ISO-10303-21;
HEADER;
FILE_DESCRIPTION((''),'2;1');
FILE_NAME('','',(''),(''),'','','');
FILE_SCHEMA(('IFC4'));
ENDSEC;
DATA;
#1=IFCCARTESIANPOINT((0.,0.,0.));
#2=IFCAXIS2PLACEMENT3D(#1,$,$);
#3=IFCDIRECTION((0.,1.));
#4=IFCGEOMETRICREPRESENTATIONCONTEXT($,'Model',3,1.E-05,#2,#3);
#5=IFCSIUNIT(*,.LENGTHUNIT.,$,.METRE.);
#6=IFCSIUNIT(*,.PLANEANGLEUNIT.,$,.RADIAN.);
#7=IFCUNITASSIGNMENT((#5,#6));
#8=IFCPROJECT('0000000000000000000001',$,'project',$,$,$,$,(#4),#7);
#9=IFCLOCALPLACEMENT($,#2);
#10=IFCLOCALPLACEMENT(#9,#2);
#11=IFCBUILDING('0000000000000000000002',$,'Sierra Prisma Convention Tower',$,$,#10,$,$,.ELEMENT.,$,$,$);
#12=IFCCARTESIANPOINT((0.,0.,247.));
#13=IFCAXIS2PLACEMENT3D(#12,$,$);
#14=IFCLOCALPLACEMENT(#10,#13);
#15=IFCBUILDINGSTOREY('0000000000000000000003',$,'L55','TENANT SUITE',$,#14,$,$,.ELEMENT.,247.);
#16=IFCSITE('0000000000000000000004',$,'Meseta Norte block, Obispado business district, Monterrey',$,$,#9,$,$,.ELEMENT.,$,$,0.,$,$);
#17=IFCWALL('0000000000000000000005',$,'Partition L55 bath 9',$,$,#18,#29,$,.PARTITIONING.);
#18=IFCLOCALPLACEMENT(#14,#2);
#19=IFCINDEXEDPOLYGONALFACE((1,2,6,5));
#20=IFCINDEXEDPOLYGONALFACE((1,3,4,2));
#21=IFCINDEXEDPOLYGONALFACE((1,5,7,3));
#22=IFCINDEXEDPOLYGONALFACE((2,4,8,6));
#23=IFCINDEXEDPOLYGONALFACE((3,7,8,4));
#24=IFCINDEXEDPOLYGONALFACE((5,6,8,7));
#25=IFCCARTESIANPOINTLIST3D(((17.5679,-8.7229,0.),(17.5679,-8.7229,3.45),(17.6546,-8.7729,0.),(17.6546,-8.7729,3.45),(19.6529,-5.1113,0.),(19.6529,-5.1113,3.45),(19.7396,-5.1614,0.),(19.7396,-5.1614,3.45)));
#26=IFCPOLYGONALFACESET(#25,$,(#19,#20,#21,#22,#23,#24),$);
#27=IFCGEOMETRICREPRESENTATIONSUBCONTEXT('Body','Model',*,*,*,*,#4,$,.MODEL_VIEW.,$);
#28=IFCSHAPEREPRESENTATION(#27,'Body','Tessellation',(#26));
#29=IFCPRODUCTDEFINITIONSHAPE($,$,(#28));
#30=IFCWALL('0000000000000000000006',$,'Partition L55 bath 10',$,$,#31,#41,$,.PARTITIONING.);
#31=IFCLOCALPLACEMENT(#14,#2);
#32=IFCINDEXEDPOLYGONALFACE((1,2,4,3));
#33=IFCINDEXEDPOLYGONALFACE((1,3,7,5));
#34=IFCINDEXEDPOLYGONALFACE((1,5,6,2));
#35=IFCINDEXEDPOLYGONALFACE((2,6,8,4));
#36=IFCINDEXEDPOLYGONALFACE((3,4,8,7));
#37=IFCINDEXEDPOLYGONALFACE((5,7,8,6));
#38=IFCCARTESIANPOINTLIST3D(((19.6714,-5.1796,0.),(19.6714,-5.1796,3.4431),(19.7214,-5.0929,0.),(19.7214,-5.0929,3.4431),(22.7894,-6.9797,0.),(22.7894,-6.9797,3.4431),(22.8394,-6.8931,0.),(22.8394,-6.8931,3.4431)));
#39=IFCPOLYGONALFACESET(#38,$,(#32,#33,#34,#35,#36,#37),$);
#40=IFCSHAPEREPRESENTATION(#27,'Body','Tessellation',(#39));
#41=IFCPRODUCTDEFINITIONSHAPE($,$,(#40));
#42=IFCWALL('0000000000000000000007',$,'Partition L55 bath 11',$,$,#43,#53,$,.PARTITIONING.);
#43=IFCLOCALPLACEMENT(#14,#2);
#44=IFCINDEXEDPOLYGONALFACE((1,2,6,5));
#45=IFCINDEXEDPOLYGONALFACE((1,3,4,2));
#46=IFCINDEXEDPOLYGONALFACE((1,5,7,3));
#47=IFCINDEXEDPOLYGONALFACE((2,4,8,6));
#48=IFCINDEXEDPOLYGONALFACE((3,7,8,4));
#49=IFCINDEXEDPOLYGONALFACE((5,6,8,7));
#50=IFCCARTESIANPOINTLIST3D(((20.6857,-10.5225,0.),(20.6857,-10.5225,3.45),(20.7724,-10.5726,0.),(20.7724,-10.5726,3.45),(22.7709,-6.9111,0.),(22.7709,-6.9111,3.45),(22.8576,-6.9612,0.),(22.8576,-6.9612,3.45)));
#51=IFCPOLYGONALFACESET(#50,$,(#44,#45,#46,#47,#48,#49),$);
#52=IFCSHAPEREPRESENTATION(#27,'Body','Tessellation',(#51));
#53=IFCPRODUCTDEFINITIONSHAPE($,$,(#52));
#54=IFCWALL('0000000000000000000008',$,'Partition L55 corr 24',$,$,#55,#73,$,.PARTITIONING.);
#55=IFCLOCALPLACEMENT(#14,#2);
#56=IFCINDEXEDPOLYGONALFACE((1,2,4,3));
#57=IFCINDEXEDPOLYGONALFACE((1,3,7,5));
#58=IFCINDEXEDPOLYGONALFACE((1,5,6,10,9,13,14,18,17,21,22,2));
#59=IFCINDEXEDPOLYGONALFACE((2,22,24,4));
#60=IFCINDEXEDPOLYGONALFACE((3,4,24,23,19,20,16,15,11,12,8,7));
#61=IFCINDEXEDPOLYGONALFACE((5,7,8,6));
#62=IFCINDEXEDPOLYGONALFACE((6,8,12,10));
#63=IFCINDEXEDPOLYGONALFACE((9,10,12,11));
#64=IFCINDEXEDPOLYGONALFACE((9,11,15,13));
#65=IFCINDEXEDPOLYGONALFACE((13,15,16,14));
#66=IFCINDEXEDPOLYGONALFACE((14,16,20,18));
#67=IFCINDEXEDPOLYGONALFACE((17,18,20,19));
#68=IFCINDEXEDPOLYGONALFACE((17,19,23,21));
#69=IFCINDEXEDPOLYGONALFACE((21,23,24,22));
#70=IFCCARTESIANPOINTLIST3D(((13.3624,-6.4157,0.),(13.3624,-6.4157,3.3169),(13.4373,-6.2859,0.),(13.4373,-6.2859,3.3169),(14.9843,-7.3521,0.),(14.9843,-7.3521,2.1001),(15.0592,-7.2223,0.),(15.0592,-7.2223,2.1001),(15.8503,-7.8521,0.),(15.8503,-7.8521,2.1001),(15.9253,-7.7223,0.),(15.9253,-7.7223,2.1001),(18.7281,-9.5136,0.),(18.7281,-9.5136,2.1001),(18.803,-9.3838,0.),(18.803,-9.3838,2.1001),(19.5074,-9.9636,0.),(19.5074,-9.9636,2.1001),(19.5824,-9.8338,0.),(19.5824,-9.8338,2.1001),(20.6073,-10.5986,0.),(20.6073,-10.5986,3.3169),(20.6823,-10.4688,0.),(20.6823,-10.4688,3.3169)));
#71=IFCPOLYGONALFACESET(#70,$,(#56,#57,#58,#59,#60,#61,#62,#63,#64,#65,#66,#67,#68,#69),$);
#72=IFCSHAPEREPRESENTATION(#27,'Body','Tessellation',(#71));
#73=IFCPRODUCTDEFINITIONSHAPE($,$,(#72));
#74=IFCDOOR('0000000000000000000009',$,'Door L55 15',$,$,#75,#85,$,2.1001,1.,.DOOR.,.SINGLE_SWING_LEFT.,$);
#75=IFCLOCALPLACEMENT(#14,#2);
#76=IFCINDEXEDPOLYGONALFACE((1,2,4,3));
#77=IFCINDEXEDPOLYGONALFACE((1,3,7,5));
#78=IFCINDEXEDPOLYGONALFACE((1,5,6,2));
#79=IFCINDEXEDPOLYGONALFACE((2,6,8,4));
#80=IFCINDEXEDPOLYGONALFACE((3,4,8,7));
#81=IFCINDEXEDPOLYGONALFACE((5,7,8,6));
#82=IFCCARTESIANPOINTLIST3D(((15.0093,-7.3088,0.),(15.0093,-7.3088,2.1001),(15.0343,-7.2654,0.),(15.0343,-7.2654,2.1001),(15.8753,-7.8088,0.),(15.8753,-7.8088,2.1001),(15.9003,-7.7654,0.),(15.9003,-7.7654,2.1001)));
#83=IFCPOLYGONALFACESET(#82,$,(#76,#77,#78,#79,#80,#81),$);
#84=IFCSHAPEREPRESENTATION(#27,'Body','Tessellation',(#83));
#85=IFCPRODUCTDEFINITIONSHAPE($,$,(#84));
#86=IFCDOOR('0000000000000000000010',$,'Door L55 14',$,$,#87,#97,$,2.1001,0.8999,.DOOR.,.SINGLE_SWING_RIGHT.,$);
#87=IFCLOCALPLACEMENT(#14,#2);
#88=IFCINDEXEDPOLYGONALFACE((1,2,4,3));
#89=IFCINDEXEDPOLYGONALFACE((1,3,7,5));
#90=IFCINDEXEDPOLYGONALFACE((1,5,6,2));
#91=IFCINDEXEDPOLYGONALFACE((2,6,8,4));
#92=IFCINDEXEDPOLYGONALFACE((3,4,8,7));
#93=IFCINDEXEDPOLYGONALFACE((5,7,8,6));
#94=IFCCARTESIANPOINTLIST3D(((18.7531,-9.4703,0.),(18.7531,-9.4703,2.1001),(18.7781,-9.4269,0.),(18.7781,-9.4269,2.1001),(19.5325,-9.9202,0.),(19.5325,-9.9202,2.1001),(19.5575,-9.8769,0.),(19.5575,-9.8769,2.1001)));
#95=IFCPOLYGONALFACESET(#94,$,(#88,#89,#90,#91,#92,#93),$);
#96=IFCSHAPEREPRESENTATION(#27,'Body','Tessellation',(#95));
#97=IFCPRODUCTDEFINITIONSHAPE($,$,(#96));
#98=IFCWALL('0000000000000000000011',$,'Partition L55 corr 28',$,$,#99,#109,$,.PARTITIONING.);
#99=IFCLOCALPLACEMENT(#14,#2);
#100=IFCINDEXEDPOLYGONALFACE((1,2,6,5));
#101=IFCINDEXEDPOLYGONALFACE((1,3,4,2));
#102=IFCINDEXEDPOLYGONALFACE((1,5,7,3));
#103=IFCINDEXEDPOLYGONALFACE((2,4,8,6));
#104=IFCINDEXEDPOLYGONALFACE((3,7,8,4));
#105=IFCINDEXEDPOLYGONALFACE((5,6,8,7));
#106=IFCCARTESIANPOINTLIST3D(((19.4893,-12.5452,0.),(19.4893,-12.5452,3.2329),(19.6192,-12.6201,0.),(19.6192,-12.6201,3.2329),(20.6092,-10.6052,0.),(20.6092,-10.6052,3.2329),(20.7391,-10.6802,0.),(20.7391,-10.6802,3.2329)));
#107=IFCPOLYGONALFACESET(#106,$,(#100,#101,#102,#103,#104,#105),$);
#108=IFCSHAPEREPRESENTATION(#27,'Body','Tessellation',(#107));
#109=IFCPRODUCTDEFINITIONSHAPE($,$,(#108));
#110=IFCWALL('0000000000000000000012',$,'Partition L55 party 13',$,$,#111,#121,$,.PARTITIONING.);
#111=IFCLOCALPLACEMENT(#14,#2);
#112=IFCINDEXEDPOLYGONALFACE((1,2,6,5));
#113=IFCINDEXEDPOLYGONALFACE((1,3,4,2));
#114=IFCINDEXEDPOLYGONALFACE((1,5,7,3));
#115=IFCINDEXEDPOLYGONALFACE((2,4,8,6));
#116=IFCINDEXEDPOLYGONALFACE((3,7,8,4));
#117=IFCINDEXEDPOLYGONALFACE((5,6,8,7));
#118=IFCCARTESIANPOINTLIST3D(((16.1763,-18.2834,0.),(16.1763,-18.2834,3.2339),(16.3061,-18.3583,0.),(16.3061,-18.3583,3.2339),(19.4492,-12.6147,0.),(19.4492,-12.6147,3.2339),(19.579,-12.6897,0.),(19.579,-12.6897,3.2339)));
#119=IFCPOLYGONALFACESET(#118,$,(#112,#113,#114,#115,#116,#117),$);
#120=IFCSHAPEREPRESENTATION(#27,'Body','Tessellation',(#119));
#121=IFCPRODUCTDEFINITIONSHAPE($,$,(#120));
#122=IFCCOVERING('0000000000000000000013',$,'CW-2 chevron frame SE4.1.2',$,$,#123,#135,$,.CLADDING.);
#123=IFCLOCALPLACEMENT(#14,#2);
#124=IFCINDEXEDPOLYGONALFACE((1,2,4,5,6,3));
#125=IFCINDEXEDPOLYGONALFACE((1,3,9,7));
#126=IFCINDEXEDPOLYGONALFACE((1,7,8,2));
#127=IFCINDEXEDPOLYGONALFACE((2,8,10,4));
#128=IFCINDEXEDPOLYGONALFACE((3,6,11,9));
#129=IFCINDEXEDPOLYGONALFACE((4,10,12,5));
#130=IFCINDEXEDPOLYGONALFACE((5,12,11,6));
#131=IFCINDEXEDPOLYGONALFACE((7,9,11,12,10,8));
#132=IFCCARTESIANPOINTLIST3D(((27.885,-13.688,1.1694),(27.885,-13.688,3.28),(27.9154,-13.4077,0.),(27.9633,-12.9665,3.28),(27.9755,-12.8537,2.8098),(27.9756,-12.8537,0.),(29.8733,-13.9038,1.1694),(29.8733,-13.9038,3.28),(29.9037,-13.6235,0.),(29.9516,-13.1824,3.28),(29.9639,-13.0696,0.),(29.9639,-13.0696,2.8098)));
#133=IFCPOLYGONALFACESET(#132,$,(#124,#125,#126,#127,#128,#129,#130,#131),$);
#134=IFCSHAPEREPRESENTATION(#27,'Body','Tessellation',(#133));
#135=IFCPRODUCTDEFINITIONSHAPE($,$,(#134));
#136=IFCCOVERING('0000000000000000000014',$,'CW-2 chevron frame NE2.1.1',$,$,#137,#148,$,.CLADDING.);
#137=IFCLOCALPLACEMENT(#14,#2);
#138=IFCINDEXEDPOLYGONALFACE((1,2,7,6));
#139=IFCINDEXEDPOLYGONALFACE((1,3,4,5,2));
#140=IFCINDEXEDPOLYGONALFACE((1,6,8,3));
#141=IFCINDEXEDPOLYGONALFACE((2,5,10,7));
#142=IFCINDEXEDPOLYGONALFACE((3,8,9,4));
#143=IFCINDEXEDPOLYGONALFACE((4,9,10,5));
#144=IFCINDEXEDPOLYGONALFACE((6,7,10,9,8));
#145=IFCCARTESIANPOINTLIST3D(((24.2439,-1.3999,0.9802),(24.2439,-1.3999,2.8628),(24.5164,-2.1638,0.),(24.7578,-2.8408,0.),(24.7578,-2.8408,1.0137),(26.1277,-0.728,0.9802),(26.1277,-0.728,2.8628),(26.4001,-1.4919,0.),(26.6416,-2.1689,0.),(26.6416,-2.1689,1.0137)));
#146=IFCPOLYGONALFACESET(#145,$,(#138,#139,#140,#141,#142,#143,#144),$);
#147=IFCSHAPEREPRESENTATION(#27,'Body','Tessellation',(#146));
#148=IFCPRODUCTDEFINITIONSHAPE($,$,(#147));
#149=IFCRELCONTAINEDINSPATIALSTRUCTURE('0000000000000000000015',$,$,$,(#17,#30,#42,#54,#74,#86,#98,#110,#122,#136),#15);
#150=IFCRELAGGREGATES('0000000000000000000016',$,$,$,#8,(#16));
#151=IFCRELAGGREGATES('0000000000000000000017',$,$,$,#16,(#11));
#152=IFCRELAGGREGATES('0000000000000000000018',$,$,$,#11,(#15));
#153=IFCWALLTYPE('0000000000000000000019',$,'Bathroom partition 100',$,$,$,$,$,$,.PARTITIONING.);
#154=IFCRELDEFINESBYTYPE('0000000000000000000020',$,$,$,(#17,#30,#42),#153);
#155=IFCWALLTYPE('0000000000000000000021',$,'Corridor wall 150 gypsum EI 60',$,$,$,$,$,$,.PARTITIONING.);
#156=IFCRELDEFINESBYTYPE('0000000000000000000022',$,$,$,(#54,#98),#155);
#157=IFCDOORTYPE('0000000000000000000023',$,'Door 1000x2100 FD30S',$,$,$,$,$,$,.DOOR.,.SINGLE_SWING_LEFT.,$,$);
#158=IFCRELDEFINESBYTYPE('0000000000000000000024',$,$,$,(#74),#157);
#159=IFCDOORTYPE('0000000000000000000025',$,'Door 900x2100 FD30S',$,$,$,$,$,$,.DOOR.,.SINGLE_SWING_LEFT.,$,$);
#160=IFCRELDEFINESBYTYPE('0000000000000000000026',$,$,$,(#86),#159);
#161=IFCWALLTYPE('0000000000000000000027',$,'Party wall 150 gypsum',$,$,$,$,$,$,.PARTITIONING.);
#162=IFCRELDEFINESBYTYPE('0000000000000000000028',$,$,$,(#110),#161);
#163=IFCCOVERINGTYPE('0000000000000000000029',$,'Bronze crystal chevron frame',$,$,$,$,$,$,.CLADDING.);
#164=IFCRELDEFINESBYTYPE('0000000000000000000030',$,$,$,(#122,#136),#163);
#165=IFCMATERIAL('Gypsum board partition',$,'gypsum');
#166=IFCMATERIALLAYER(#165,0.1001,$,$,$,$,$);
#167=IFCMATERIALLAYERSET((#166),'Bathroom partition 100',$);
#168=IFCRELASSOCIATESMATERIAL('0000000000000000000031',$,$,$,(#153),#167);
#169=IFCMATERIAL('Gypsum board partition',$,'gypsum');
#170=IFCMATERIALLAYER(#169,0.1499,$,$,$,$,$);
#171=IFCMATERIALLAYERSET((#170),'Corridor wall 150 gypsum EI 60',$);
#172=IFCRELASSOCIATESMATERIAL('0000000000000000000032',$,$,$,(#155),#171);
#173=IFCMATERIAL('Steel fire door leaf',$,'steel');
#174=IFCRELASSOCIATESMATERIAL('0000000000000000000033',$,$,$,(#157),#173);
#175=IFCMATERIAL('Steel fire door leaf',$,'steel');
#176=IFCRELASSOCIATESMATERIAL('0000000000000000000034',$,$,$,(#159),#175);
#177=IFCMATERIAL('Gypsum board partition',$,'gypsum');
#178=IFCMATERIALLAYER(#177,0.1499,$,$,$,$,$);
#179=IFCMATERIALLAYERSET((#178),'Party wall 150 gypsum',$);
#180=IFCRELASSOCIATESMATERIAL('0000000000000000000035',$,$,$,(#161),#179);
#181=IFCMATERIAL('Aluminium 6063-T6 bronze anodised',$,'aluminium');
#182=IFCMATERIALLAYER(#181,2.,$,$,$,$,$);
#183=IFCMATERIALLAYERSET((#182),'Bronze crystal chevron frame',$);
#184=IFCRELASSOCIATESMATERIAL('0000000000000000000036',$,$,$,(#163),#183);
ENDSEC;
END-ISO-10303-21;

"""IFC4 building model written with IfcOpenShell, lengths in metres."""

from ifc_helpers import new_model, si_unit, direction, frame, frame_2d, origin, place, context, subcontext, project, spatial, polyline, rectangle, outline, extrude, material, layer, layer_set, type_object, element, fill, save


model = new_model("IFC4")

# Units and contexts
model_context = context("Model", 3, precision=1e-05, world=origin(), true_north=direction((0.0, 1.0)))
body_context = subcontext(model_context, "Body", "Model", "MODEL_VIEW")
ifc_project = project(units=[si_unit("LENGTHUNIT", "METRE"), si_unit("PLANEANGLEUNIT", "RADIAN")], contexts=[model_context])

# Site, building, storey
site_placement = place(None, origin())
site = spatial("IfcSite", under=ifc_project, at=site_placement, Name="Meseta Norte block, Obispado business district, Monterrey", CompositionType="ELEMENT", RefElevation=0.0)
building_placement = place(site_placement, origin())
building = spatial("IfcBuilding", under=site, at=building_placement, Name="Sierra Prisma Convention Tower", CompositionType="ELEMENT")
storey_placement = place(building_placement, frame((0.0, 0.0, 247.0)))
storey = spatial("IfcBuildingStorey", under=building, at=storey_placement, Name="L55", Description="TENANT SUITE", CompositionType="ELEMENT", Elevation=247.0)

# Walls
ifc_material_1 = material(Name="Gypsum board partition", Category="gypsum")
ifc_layer_1 = layer(ifc_material_1, 0.1001)
ifc_layer_set_1 = layer_set([ifc_layer_1], Name="Bathroom partition 100")
wall_type_1 = type_object("IfcWallType", Name="Bathroom partition 100", PredefinedType="PARTITIONING", material=ifc_layer_set_1)
wall_1_placement = place(storey_placement, frame((17.6113, -8.7478, 0.0), z_axis=(0.0, 0.0, 1.0), x_axis=(0.499967, 0.866044, 0.0)))
element("IfcWall", 1, at=wall_1_placement, inside=storey, type_object=wall_type_1, Name="Partition L55 bath 9", PredefinedType="PARTITIONING", context=body_context, shape_type="SweptSolid", body=[
    extrude(rectangle(XDim=4.1702, YDim=0.1001, at=frame_2d((2.085, 0.0))), origin(), (0.0, 0.0, 1.0), 3.45),
])
wall_2_placement = place(storey_placement, frame((19.6963, -5.1362, 0.0), z_axis=(0.0, 0.0, 1.0), x_axis=(0.866035, -0.499983, 0.0)))
element("IfcWall", 2, at=wall_2_placement, inside=storey, type_object=wall_type_1, Name="Partition L55 bath 10", PredefinedType="PARTITIONING", context=body_context, shape_type="SweptSolid", body=[
    extrude(rectangle(XDim=3.6003, YDim=0.1001, at=frame_2d((1.8003, 0.0))), origin(), (0.0, 0.0, 1.0), 3.4431),
])
wall_3_placement = place(storey_placement, frame((22.8142, -6.9363, 0.0), z_axis=(0.0, 0.0, 1.0), x_axis=(-0.500037, -0.866004, 0.0)))
element("IfcWall", 3, at=wall_3_placement, inside=storey, type_object=wall_type_1, Name="Partition L55 bath 11", PredefinedType="PARTITIONING", context=body_context, shape_type="SweptSolid", body=[
    extrude(rectangle(XDim=4.1702, YDim=0.1001, at=frame_2d((2.085, 0.0))), origin(), (0.0, 0.0, 1.0), 3.45),
])

# Wall, openings, doors
ifc_material_2 = material(Name="Gypsum board partition", Category="gypsum")
ifc_layer_2 = layer(ifc_material_2, 0.1499)
ifc_layer_set_2 = layer_set([ifc_layer_2], Name="Corridor wall 150 gypsum EI 60")
wall_type_2 = type_object("IfcWallType", Name="Corridor wall 150 gypsum EI 60", PredefinedType="PARTITIONING", material=ifc_layer_set_2)
wall_4_placement = place(storey_placement, frame((20.6448, -10.5337, 0.0), z_axis=(0.0, 0.0, 1.0), x_axis=(-0.866024, 0.500003, 0.0)))
wall_4 = element("IfcWall", 4, at=wall_4_placement, inside=storey, type_object=wall_type_2, Name="Partition L55 corr 24", PredefinedType="PARTITIONING", context=body_context, shape_type="SweptSolid", body=[
    extrude(rectangle(XDim=8.3657, YDim=0.1499, at=frame_2d((4.1829, 0.0))), origin(), (0.0, 0.0, 1.0), 3.3169),
])
opening_1_placement = place(wall_4_placement, frame((1.27, 0.0, 0.0)))
opening_1 = element("IfcOpeningElement", 5, at=opening_1_placement, cuts=wall_4, PredefinedType="OPENING", context=body_context, shape_type="SweptSolid", body=[
    extrude(rectangle(XDim=0.8999, YDim=2.1001, at=frame_2d((0.45, 1.05))), frame((0.0, 0.075, 0.0), z_axis=(0.0, -1.0, 0.0), x_axis=(1.0, 0.0, 0.0)), (0.0, 0.0, 1.0), 0.1499),
])
opening_2_placement = place(wall_4_placement, frame((5.4929, 0.0, 0.0)))
opening_2 = element("IfcOpeningElement", 6, at=opening_2_placement, cuts=wall_4, PredefinedType="OPENING", context=body_context, shape_type="SweptSolid", body=[
    extrude(rectangle(XDim=1.0, YDim=2.1001, at=frame_2d((0.5, 1.05))), frame((0.0, 0.075, 0.0), z_axis=(0.0, -1.0, 0.0), x_axis=(1.0, 0.0, 0.0)), (0.0, 0.0, 1.0), 0.1499),
])
ifc_material_3 = material(Name="Steel fire door leaf", Category="steel")
door_type_1 = type_object("IfcDoorType", Name="Door 1000x2100 FD30S", OperationType="SINGLE_SWING_LEFT", PredefinedType="DOOR", material=ifc_material_3)
door_1_placement = place(opening_2_placement, origin())
door_1 = element("IfcDoor", 7, at=door_1_placement, inside=storey, type_object=door_type_1, Name="Door L55 15", OperationType="SINGLE_SWING_LEFT", OverallHeight=2.1001, OverallWidth=1.0, PredefinedType="DOOR", context=body_context, shape_type="SweptSolid", body=[
    extrude(rectangle(XDim=1.0, YDim=2.1001, at=frame_2d((0.5, 1.05))), frame((0.0, 0.0249, 0.0), z_axis=(0.0, -1.0, 0.0), x_axis=(1.0, 0.0, 0.0)), (0.0, 0.0, 1.0), 0.05),
])
fill(opening_2, door_1)
ifc_material_4 = material(Name="Steel fire door leaf", Category="steel")
door_type_2 = type_object("IfcDoorType", Name="Door 900x2100 FD30S", OperationType="SINGLE_SWING_LEFT", PredefinedType="DOOR", material=ifc_material_4)
door_2_placement = place(opening_1_placement, origin())
door_2 = element("IfcDoor", 8, at=door_2_placement, inside=storey, type_object=door_type_2, Name="Door L55 14", OperationType="SINGLE_SWING_RIGHT", OverallHeight=2.1001, OverallWidth=0.8999, PredefinedType="DOOR", context=body_context, shape_type="SweptSolid", body=[
    extrude(rectangle(XDim=0.8999, YDim=2.1001, at=frame_2d((0.45, 1.05))), frame((0.0, 0.0249, 0.0), z_axis=(0.0, -1.0, 0.0), x_axis=(1.0, 0.0, 0.0)), (0.0, 0.0, 1.0), 0.05),
])
fill(opening_1, door_2)

# Walls
wall_5_placement = place(storey_placement, frame((19.5542, -12.5828, 0.0), z_axis=(0.0, 0.0, 1.0), x_axis=(0.499949, 0.866055, 0.0)))
element("IfcWall", 9, at=wall_5_placement, inside=storey, type_object=wall_type_2, Name="Partition L55 corr 28", PredefinedType="PARTITIONING", context=body_context, shape_type="SweptSolid", body=[
    extrude(rectangle(XDim=2.24, YDim=0.1499, at=frame_2d((1.1201, 0.0))), origin(), (0.0, 0.0, 1.0), 3.2329),
])
ifc_material_5 = material(Name="Gypsum board partition", Category="gypsum")
ifc_layer_3 = layer(ifc_material_5, 0.1499)
ifc_layer_set_3 = layer_set([ifc_layer_3], Name="Party wall 150 gypsum")
wall_type_3 = type_object("IfcWallType", Name="Party wall 150 gypsum", PredefinedType="PARTITIONING", material=ifc_layer_set_3)
wall_6_placement = place(storey_placement, frame((19.5142, -12.6521, 0.0), z_axis=(0.0, 0.0, 1.0), x_axis=(-0.500014, -0.866017, 0.0)))
element("IfcWall", 10, at=wall_6_placement, inside=storey, type_object=wall_type_3, Name="Partition L55 party 13", PredefinedType="PARTITIONING", context=body_context, shape_type="SweptSolid", body=[
    extrude(rectangle(XDim=6.5457, YDim=0.1499, at=frame_2d((3.2729, 0.0))), origin(), (0.0, 0.0, 1.0), 3.2339),
])

# Coverings
ifc_material_6 = material(Name="Aluminium 6063-T6 bronze anodised", Category="aluminium")
ifc_layer_4 = layer(ifc_material_6, 2.0)
ifc_layer_set_4 = layer_set([ifc_layer_4], Name="Bronze crystal chevron frame")
covering_type = type_object("IfcCoveringType", Name="Bronze crystal chevron frame", PredefinedType="CLADDING", material=ifc_layer_set_4)
covering_1_placement = place(storey_placement, frame((29.8733, -13.9038, 3.28), z_axis=(0.994159, -0.107924, 0.000008), x_axis=(0.000008, -0.000001, -1.0)))
element("IfcCovering", 11, at=covering_1_placement, inside=storey, type_object=covering_type, Name="CW-2 chevron frame SE4.1.2", PredefinedType="CLADDING", context=body_context, shape_type="SweptSolid", body=[
    extrude(outline(polyline([(0.0, 0.0), (2.1106, 0.0), (3.28, 0.2819), (3.28, 0.8391), (0.4702, 0.8391), (0.0, 0.7257), (0.0, 0.0)])), origin(), (0.0, 0.0, -1.0), 2.0),
])
covering_2_placement = place(storey_placement, frame((26.6416, -2.1689, 0.0), z_axis=(0.941886, 0.335931, 0.000001), x_axis=(-0.335931, 0.941886, 0.0)))
element("IfcCovering", 12, at=covering_2_placement, inside=storey, type_object=covering_type, Name="CW-2 chevron frame NE2.1.1", PredefinedType="CLADDING", context=body_context, shape_type="SweptSolid", body=[
    extrude(outline(polyline([(0.0, 0.0), (0.7188, 0.0), (1.5298, 0.9802), (1.5298, 2.8628), (0.0, 1.0137), (0.0, 0.0)])), origin(), (0.0, 0.0, -1.0), 2.0),
])

save(model, "model.ifc")
